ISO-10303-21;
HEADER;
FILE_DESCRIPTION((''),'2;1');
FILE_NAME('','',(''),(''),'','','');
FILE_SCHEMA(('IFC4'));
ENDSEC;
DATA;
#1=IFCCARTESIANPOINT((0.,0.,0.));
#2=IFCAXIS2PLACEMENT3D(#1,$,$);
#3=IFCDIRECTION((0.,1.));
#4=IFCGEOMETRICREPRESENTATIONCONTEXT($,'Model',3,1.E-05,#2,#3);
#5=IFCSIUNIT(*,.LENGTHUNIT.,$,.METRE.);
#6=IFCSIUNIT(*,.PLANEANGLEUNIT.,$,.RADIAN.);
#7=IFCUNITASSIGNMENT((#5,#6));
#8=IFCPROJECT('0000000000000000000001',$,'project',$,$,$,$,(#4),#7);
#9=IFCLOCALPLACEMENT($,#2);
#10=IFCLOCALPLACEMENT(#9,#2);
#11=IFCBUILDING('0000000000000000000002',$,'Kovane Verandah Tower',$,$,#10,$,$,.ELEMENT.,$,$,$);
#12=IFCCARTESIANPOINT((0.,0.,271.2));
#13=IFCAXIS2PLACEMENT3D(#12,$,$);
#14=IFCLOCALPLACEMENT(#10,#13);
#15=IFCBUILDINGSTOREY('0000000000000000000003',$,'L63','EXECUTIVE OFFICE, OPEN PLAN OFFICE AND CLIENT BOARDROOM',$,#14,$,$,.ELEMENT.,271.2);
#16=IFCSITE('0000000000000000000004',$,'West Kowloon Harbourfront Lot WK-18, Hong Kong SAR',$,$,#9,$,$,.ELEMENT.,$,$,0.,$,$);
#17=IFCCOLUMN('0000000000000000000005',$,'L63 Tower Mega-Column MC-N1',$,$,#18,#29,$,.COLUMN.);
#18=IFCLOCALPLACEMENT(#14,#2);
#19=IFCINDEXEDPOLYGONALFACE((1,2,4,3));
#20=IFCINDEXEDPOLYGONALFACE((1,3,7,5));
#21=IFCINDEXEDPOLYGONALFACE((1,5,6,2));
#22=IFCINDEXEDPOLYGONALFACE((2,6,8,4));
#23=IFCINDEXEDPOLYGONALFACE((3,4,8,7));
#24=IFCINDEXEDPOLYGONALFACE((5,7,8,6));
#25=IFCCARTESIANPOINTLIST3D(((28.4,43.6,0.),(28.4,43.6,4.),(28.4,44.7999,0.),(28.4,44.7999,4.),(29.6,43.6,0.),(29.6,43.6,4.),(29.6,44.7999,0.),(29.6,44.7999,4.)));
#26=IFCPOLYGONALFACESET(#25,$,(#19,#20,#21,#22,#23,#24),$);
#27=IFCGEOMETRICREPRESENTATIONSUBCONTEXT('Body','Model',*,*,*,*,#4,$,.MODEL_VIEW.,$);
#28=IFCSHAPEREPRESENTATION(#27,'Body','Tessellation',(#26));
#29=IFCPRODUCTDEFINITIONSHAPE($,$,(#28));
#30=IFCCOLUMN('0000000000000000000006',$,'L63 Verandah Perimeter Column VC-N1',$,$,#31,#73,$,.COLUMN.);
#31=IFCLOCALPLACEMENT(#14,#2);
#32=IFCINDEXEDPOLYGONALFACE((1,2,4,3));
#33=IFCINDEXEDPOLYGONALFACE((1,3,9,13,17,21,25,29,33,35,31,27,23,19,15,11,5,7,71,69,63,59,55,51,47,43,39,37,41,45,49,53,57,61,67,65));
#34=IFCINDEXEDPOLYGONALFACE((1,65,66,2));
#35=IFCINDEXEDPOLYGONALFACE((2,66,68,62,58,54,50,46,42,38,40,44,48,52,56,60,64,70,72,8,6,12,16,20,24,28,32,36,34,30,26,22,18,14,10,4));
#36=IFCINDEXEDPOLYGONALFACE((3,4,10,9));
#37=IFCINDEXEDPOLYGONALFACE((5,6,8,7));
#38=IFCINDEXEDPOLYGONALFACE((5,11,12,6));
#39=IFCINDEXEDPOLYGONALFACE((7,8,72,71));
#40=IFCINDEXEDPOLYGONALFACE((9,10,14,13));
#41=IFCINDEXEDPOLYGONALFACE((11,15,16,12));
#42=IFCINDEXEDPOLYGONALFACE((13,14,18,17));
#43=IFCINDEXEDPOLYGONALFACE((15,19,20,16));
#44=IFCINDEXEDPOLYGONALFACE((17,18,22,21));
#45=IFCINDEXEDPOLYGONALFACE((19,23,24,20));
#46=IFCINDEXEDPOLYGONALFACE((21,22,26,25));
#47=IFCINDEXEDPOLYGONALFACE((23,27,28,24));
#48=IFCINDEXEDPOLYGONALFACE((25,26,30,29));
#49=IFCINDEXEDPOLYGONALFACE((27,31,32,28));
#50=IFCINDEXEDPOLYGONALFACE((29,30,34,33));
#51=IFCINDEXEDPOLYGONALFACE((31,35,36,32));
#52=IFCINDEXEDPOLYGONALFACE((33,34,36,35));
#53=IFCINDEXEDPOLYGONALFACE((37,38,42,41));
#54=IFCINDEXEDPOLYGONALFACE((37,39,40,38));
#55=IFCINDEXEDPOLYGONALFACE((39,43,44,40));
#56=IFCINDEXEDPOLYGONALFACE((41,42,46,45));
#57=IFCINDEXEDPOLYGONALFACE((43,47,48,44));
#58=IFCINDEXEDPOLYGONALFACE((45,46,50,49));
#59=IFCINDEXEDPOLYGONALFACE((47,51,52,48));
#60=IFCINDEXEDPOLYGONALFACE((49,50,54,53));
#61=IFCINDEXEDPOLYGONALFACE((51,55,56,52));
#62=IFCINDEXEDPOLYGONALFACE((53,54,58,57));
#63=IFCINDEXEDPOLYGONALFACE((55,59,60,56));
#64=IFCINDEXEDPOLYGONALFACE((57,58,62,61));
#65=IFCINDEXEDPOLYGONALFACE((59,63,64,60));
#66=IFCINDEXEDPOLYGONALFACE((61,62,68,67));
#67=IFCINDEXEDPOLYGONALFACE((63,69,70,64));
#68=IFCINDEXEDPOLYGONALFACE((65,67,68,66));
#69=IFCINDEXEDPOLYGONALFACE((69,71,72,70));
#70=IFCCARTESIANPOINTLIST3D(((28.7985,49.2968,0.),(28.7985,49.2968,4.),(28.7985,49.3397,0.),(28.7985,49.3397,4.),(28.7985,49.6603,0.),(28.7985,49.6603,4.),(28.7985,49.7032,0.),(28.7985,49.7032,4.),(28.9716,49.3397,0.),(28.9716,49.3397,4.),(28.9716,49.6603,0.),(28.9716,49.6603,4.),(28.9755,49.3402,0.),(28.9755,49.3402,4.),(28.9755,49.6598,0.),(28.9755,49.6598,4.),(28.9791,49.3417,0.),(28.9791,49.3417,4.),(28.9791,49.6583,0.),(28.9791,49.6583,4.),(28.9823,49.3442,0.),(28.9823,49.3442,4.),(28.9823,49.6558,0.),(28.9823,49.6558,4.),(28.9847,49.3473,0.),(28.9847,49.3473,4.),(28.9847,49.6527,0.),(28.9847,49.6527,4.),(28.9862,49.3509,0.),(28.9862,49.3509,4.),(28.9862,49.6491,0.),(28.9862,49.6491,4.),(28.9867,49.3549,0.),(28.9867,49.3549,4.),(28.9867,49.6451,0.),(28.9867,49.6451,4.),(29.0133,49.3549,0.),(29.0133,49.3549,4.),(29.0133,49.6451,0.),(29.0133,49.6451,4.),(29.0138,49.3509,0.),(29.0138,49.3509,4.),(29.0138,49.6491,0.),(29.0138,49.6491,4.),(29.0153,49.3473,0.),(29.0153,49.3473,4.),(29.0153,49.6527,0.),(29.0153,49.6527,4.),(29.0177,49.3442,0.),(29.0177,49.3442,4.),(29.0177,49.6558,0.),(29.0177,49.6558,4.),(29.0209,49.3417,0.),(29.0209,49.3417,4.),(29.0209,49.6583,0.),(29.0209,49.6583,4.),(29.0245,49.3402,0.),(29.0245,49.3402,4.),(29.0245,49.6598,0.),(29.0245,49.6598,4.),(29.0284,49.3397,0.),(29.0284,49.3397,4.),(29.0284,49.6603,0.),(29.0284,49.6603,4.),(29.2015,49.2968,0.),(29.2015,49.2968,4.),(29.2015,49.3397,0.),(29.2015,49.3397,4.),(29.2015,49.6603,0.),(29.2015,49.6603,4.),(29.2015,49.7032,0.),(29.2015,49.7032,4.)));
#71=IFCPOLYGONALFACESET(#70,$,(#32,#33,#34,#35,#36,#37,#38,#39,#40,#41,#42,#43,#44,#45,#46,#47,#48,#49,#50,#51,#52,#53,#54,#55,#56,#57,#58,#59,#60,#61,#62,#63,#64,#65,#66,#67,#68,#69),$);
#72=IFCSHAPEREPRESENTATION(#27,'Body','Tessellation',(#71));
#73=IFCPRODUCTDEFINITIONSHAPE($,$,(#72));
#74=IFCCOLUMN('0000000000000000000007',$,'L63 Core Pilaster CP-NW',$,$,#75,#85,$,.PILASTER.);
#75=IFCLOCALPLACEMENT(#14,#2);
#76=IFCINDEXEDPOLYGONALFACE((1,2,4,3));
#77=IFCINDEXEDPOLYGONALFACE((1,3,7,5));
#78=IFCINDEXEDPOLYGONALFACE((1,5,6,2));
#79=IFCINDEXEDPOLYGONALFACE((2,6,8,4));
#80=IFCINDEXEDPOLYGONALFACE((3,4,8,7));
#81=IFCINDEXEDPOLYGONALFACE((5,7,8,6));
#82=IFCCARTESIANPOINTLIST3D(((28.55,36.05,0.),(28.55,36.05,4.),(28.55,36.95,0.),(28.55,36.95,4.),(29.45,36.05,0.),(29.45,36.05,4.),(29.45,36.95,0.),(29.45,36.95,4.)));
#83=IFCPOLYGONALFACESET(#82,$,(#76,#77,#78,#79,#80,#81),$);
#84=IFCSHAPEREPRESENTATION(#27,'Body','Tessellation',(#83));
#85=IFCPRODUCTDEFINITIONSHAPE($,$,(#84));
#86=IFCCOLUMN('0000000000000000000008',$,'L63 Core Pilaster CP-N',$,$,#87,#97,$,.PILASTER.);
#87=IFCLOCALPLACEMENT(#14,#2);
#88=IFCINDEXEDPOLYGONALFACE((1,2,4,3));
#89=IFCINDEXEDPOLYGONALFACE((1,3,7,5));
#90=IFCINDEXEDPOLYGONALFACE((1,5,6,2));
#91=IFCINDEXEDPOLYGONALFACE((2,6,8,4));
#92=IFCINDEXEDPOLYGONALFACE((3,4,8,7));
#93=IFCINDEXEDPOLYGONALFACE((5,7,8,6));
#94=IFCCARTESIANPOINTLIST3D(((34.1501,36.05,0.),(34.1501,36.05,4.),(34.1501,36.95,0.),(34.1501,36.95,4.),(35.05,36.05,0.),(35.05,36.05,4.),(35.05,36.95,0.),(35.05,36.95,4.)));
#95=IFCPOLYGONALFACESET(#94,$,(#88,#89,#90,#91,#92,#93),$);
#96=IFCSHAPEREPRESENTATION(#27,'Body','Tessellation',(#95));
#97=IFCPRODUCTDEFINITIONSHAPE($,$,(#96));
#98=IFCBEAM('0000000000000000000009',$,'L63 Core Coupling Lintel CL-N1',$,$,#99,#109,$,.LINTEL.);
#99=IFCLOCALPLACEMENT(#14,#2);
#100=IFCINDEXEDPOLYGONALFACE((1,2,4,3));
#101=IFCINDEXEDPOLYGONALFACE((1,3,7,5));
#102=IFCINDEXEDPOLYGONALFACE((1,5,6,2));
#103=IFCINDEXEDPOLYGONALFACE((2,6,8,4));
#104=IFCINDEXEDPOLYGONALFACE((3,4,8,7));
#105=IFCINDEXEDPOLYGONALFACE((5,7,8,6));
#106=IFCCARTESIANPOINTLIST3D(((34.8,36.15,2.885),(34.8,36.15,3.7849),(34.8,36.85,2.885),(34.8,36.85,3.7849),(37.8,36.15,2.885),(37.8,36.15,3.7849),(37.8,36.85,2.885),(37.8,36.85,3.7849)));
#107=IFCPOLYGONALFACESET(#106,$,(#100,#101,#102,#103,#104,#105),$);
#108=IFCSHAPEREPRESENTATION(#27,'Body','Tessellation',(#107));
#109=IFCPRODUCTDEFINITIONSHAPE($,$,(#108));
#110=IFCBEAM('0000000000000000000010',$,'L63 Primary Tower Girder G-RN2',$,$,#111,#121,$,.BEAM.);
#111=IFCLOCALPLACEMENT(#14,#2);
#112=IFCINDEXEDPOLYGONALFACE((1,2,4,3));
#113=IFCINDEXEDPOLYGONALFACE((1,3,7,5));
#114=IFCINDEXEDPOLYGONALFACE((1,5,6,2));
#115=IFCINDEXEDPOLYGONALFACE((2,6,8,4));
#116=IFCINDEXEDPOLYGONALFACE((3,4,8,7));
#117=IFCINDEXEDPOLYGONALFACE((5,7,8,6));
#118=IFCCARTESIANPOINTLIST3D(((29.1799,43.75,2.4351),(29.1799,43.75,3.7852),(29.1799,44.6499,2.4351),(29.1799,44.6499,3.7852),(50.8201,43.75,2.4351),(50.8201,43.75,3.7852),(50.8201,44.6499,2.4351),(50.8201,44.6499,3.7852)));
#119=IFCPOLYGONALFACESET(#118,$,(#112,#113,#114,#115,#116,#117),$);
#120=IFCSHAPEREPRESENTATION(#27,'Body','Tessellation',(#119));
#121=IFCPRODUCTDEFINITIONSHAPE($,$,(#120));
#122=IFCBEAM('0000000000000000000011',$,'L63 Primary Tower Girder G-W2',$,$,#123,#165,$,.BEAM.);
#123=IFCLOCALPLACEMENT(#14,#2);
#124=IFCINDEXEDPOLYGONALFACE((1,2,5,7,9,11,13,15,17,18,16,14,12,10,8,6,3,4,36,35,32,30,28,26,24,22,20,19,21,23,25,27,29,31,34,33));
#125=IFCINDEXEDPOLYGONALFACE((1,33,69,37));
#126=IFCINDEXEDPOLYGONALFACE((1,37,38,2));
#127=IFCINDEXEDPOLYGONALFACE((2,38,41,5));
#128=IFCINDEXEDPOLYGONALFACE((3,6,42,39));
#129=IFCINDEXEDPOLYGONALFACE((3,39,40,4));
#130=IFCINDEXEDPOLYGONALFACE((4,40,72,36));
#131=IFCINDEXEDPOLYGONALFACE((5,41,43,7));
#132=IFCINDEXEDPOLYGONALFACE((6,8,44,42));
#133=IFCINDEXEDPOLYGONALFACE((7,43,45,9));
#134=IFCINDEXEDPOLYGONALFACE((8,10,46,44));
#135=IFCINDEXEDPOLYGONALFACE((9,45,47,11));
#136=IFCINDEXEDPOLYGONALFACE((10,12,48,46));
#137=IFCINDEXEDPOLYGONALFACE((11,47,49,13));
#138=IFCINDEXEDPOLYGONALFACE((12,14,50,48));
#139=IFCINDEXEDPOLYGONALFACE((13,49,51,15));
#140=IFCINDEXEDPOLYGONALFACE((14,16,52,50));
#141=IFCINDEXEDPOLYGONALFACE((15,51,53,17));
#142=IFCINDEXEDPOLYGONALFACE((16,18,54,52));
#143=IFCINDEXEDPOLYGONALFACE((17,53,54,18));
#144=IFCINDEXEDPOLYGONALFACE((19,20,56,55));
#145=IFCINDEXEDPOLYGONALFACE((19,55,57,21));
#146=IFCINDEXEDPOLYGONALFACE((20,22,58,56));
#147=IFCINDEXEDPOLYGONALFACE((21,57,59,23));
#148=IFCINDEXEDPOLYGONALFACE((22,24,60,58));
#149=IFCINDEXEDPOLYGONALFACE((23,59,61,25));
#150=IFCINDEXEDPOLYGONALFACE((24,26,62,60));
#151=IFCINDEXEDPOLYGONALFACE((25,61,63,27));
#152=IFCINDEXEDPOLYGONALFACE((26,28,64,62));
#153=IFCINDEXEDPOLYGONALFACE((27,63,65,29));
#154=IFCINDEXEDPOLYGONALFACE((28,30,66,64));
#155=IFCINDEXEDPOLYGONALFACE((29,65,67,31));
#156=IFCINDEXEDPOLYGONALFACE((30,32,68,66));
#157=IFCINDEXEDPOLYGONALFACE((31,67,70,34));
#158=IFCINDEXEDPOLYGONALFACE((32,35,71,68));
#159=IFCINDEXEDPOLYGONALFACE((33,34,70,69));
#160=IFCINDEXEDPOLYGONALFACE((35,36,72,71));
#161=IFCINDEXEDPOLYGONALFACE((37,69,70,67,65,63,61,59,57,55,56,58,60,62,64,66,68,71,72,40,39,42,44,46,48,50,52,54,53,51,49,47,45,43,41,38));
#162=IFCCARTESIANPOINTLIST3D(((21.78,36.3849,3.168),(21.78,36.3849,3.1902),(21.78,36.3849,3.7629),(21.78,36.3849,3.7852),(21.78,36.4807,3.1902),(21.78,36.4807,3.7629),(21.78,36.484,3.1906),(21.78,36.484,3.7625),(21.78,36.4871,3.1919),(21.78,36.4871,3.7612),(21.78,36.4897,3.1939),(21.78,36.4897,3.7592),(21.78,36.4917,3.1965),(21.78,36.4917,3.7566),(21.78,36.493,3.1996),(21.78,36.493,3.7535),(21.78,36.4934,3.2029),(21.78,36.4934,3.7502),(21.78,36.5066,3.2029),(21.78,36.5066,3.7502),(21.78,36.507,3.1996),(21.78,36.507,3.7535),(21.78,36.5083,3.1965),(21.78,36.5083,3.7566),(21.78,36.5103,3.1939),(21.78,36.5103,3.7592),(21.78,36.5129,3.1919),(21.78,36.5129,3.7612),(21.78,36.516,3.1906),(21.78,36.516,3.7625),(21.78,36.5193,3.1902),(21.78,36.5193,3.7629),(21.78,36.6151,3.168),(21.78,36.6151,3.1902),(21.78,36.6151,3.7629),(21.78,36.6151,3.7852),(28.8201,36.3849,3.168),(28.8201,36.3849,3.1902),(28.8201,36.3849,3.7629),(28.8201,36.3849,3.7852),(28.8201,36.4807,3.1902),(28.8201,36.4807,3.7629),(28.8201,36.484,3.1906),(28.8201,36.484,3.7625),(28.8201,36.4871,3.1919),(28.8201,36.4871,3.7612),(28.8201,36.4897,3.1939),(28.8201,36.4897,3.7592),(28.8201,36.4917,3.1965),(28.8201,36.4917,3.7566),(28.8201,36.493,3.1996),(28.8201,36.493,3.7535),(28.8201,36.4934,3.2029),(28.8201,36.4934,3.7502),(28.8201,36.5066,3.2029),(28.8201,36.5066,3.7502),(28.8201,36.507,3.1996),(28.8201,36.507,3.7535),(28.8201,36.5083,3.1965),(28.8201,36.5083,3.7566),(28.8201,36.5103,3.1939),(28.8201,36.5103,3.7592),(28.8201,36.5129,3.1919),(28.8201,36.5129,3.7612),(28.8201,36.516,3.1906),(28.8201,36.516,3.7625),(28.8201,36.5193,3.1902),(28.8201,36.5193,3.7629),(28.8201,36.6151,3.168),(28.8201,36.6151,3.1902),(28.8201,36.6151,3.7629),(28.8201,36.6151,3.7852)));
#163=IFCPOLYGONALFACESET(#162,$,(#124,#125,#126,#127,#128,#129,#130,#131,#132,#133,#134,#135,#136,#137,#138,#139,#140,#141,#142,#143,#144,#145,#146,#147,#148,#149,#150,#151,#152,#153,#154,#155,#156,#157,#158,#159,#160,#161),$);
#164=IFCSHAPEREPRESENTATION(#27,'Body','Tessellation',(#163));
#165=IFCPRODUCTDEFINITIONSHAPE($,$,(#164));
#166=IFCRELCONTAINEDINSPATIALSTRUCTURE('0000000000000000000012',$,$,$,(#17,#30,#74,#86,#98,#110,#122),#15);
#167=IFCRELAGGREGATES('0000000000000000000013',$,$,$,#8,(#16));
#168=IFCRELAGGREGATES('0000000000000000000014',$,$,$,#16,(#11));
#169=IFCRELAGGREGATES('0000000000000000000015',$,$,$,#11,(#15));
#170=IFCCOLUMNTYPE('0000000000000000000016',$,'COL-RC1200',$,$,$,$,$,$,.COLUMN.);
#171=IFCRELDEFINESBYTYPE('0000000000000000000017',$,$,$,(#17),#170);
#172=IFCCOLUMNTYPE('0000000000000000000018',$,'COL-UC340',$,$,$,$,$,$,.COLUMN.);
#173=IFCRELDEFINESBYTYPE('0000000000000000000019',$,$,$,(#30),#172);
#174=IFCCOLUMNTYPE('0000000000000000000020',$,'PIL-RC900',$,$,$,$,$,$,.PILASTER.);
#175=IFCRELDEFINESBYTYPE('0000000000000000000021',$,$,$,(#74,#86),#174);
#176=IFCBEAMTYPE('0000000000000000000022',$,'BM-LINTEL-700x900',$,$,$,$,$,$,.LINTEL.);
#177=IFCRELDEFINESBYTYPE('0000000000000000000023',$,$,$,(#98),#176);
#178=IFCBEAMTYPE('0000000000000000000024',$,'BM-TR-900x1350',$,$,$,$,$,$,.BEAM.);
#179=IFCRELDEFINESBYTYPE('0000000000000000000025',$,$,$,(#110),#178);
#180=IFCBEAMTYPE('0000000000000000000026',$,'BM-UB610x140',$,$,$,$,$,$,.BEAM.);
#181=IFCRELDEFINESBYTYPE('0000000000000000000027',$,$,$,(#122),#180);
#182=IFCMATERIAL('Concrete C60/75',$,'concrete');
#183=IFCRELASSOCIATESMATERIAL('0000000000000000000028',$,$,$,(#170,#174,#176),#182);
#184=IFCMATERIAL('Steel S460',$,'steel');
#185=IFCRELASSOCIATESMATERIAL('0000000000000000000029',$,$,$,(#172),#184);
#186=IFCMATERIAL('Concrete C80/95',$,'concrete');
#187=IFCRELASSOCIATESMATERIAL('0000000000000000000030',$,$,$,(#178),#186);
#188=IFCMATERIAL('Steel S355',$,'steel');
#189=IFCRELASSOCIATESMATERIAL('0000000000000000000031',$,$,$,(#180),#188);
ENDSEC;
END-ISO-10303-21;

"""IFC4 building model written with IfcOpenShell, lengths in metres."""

from ifc_helpers import new_model, si_unit, direction, frame, origin, origin_2d, place, context, subcontext, project, spatial, rectangle, i_section, extrude, material, material_profile, profile_set, type_object, element, save


model = new_model("IFC4")

# Units and contexts
model_context = context("Model", 3, precision=1e-05, world=origin(), true_north=direction((0.0, 1.0)))
body_context = subcontext(model_context, "Body", "Model", "MODEL_VIEW")
ifc_project = project(units=[si_unit("LENGTHUNIT", "METRE"), si_unit("PLANEANGLEUNIT", "RADIAN")], contexts=[model_context])

# Site, building, storey
site_placement = place(None, origin())
site = spatial("IfcSite", under=ifc_project, at=site_placement, Name="West Kowloon Harbourfront Lot WK-18, Hong Kong SAR", CompositionType="ELEMENT", RefElevation=0.0)
building_placement = place(site_placement, origin())
building = spatial("IfcBuilding", under=site, at=building_placement, Name="Kovane Verandah Tower", CompositionType="ELEMENT")
storey_placement = place(building_placement, frame((0.0, 0.0, 271.2)))
storey = spatial("IfcBuildingStorey", under=building, at=storey_placement, Name="L63", Description="EXECUTIVE OFFICE, OPEN PLAN OFFICE AND CLIENT BOARDROOM", CompositionType="ELEMENT", Elevation=271.2)

# Columns
ifc_material_1 = material(Name="Concrete C60/75", Category="concrete")
ifc_material_profile_1 = material_profile(ifc_material_1, rectangle(XDim=1.2, YDim=1.2, at=origin_2d()), Name="RC1200x1200")
ifc_profile_set_1 = profile_set([ifc_material_profile_1], Name="Concrete C60/75")
column_type_1 = type_object("IfcColumnType", Name="COL-RC1200", PredefinedType="COLUMN", material=ifc_profile_set_1)
column_1_placement = place(storey_placement, frame((29.0, 44.2, 0.0), z_axis=(0.0, 0.0, 1.0), x_axis=(1.0, 0.0, 0.0)))
element("IfcColumn", 1, at=column_1_placement, inside=storey, type_object=column_type_1, Name="L63 Tower Mega-Column MC-N1", PredefinedType="COLUMN", context=body_context, shape_type="SweptSolid", body=[
    extrude(rectangle(XDim=1.2, YDim=1.2, at=origin_2d()), origin(), (0.0, 0.0, 1.0), 4.0),
])
ifc_material_2 = material(Name="Steel S460", Category="steel")
ifc_material_profile_2 = material_profile(ifc_material_2, i_section(OverallWidth=0.4031, OverallDepth=0.4065, WebThickness=0.0266, FlangeThickness=0.043, FilletRadius=0.0151, at=origin_2d()), Name="UC356x406x340")
ifc_profile_set_2 = profile_set([ifc_material_profile_2], Name="Steel S460")
column_type_2 = type_object("IfcColumnType", Name="COL-UC340", PredefinedType="COLUMN", material=ifc_profile_set_2)
column_2_placement = place(storey_placement, frame((29.0, 49.5, 0.0), z_axis=(0.0, 0.0, 1.0), x_axis=(1.0, 0.0, 0.0)))
element("IfcColumn", 2, at=column_2_placement, inside=storey, type_object=column_type_2, Name="L63 Verandah Perimeter Column VC-N1", PredefinedType="COLUMN", context=body_context, shape_type="SweptSolid", body=[
    extrude(i_section(OverallWidth=0.4031, OverallDepth=0.4065, WebThickness=0.0266, FlangeThickness=0.043, FilletRadius=0.0151, at=origin_2d()), origin(), (0.0, 0.0, 1.0), 4.0),
])
ifc_material_profile_3 = material_profile(ifc_material_1, rectangle(XDim=0.8999, YDim=0.8999, at=origin_2d()), Name="RC900x900")
ifc_profile_set_3 = profile_set([ifc_material_profile_3], Name="Concrete C60/75")
column_type_3 = type_object("IfcColumnType", Name="PIL-RC900", PredefinedType="PILASTER", material=ifc_profile_set_3)
for number, where, z_axis, x_axis, name in (
    (3, (29.0, 36.5, 0.0), (0.0, 0.0, 1.0), (1.0, 0.0, 0.0), "L63 Core Pilaster CP-NW"),
    (4, (34.6001, 36.5, 0.0), (0.0, 0.0, 1.0), (1.0, 0.0, 0.0), "L63 Core Pilaster CP-N"),
):
    element("IfcColumn", number, at=place(storey_placement, frame(where, z_axis=z_axis, x_axis=x_axis)), inside=storey, type_object=column_type_3, Name=name, PredefinedType="PILASTER", context=body_context, shape_type="SweptSolid", body=[
        extrude(rectangle(XDim=0.8999, YDim=0.8999, at=origin_2d()), origin(), (0.0, 0.0, 1.0), 4.0),
    ])

# Beams
ifc_material_profile_4 = material_profile(ifc_material_1, rectangle(XDim=0.7, YDim=0.8999, at=origin_2d()), Name="RCB700x900")
ifc_profile_set_4 = profile_set([ifc_material_profile_4], Name="Concrete C60/75")
beam_type_1 = type_object("IfcBeamType", Name="BM-LINTEL-700x900", PredefinedType="LINTEL", material=ifc_profile_set_4)
beam_1_placement = place(storey_placement, frame((34.8, 36.5, 3.335), z_axis=(1.0, 0.0, 0.0), x_axis=(0.0, 1.0, 0.0)))
element("IfcBeam", 5, at=beam_1_placement, inside=storey, type_object=beam_type_1, Name="L63 Core Coupling Lintel CL-N1", PredefinedType="LINTEL", context=body_context, shape_type="SweptSolid", body=[
    extrude(rectangle(XDim=0.7, YDim=0.8999, at=origin_2d()), origin(), (0.0, 0.0, 1.0), 3.0),
])
ifc_material_3 = material(Name="Concrete C80/95", Category="concrete")
ifc_material_profile_5 = material_profile(ifc_material_3, rectangle(XDim=0.8999, YDim=1.3501, at=origin_2d()), Name="RCB900x1350")
ifc_profile_set_5 = profile_set([ifc_material_profile_5], Name="Concrete C80/95")
beam_type_2 = type_object("IfcBeamType", Name="BM-TR-900x1350", PredefinedType="BEAM", material=ifc_profile_set_5)
beam_2_placement = place(storey_placement, frame((29.1799, 44.2, 3.1101), z_axis=(1.0, 0.0, 0.0), x_axis=(0.0, 1.0, 0.0)))
element("IfcBeam", 6, at=beam_2_placement, inside=storey, type_object=beam_type_2, Name="L63 Primary Tower Girder G-RN2", PredefinedType="BEAM", context=body_context, shape_type="SweptSolid", body=[
    extrude(rectangle(XDim=0.8999, YDim=1.3501, at=origin_2d()), origin(), (0.0, 0.0, 1.0), 21.6401),
])
ifc_material_4 = material(Name="Steel S355", Category="steel")
ifc_material_profile_6 = material_profile(ifc_material_4, i_section(OverallWidth=0.2302, OverallDepth=0.6172, WebThickness=0.0132, FlangeThickness=0.0222, FilletRadius=0.0127, at=origin_2d()), Name="UB610x229x140")
ifc_profile_set_6 = profile_set([ifc_material_profile_6], Name="Steel S355")
beam_type_3 = type_object("IfcBeamType", Name="BM-UB610x140", PredefinedType="BEAM", material=ifc_profile_set_6)
beam_3_placement = place(storey_placement, frame((28.8201, 36.5, 3.4766), z_axis=(-1.0, 0.0, 0.0), x_axis=(0.0, -1.0, 0.0)))
element("IfcBeam", 7, at=beam_3_placement, inside=storey, type_object=beam_type_3, Name="L63 Primary Tower Girder G-W2", PredefinedType="BEAM", context=body_context, shape_type="SweptSolid", body=[
    extrude(i_section(OverallWidth=0.2302, OverallDepth=0.6172, WebThickness=0.0132, FlangeThickness=0.0222, FilletRadius=0.0127, at=origin_2d()), origin(), (0.0, 0.0, 1.0), 7.04),
])

save(model, "model.ifc")
